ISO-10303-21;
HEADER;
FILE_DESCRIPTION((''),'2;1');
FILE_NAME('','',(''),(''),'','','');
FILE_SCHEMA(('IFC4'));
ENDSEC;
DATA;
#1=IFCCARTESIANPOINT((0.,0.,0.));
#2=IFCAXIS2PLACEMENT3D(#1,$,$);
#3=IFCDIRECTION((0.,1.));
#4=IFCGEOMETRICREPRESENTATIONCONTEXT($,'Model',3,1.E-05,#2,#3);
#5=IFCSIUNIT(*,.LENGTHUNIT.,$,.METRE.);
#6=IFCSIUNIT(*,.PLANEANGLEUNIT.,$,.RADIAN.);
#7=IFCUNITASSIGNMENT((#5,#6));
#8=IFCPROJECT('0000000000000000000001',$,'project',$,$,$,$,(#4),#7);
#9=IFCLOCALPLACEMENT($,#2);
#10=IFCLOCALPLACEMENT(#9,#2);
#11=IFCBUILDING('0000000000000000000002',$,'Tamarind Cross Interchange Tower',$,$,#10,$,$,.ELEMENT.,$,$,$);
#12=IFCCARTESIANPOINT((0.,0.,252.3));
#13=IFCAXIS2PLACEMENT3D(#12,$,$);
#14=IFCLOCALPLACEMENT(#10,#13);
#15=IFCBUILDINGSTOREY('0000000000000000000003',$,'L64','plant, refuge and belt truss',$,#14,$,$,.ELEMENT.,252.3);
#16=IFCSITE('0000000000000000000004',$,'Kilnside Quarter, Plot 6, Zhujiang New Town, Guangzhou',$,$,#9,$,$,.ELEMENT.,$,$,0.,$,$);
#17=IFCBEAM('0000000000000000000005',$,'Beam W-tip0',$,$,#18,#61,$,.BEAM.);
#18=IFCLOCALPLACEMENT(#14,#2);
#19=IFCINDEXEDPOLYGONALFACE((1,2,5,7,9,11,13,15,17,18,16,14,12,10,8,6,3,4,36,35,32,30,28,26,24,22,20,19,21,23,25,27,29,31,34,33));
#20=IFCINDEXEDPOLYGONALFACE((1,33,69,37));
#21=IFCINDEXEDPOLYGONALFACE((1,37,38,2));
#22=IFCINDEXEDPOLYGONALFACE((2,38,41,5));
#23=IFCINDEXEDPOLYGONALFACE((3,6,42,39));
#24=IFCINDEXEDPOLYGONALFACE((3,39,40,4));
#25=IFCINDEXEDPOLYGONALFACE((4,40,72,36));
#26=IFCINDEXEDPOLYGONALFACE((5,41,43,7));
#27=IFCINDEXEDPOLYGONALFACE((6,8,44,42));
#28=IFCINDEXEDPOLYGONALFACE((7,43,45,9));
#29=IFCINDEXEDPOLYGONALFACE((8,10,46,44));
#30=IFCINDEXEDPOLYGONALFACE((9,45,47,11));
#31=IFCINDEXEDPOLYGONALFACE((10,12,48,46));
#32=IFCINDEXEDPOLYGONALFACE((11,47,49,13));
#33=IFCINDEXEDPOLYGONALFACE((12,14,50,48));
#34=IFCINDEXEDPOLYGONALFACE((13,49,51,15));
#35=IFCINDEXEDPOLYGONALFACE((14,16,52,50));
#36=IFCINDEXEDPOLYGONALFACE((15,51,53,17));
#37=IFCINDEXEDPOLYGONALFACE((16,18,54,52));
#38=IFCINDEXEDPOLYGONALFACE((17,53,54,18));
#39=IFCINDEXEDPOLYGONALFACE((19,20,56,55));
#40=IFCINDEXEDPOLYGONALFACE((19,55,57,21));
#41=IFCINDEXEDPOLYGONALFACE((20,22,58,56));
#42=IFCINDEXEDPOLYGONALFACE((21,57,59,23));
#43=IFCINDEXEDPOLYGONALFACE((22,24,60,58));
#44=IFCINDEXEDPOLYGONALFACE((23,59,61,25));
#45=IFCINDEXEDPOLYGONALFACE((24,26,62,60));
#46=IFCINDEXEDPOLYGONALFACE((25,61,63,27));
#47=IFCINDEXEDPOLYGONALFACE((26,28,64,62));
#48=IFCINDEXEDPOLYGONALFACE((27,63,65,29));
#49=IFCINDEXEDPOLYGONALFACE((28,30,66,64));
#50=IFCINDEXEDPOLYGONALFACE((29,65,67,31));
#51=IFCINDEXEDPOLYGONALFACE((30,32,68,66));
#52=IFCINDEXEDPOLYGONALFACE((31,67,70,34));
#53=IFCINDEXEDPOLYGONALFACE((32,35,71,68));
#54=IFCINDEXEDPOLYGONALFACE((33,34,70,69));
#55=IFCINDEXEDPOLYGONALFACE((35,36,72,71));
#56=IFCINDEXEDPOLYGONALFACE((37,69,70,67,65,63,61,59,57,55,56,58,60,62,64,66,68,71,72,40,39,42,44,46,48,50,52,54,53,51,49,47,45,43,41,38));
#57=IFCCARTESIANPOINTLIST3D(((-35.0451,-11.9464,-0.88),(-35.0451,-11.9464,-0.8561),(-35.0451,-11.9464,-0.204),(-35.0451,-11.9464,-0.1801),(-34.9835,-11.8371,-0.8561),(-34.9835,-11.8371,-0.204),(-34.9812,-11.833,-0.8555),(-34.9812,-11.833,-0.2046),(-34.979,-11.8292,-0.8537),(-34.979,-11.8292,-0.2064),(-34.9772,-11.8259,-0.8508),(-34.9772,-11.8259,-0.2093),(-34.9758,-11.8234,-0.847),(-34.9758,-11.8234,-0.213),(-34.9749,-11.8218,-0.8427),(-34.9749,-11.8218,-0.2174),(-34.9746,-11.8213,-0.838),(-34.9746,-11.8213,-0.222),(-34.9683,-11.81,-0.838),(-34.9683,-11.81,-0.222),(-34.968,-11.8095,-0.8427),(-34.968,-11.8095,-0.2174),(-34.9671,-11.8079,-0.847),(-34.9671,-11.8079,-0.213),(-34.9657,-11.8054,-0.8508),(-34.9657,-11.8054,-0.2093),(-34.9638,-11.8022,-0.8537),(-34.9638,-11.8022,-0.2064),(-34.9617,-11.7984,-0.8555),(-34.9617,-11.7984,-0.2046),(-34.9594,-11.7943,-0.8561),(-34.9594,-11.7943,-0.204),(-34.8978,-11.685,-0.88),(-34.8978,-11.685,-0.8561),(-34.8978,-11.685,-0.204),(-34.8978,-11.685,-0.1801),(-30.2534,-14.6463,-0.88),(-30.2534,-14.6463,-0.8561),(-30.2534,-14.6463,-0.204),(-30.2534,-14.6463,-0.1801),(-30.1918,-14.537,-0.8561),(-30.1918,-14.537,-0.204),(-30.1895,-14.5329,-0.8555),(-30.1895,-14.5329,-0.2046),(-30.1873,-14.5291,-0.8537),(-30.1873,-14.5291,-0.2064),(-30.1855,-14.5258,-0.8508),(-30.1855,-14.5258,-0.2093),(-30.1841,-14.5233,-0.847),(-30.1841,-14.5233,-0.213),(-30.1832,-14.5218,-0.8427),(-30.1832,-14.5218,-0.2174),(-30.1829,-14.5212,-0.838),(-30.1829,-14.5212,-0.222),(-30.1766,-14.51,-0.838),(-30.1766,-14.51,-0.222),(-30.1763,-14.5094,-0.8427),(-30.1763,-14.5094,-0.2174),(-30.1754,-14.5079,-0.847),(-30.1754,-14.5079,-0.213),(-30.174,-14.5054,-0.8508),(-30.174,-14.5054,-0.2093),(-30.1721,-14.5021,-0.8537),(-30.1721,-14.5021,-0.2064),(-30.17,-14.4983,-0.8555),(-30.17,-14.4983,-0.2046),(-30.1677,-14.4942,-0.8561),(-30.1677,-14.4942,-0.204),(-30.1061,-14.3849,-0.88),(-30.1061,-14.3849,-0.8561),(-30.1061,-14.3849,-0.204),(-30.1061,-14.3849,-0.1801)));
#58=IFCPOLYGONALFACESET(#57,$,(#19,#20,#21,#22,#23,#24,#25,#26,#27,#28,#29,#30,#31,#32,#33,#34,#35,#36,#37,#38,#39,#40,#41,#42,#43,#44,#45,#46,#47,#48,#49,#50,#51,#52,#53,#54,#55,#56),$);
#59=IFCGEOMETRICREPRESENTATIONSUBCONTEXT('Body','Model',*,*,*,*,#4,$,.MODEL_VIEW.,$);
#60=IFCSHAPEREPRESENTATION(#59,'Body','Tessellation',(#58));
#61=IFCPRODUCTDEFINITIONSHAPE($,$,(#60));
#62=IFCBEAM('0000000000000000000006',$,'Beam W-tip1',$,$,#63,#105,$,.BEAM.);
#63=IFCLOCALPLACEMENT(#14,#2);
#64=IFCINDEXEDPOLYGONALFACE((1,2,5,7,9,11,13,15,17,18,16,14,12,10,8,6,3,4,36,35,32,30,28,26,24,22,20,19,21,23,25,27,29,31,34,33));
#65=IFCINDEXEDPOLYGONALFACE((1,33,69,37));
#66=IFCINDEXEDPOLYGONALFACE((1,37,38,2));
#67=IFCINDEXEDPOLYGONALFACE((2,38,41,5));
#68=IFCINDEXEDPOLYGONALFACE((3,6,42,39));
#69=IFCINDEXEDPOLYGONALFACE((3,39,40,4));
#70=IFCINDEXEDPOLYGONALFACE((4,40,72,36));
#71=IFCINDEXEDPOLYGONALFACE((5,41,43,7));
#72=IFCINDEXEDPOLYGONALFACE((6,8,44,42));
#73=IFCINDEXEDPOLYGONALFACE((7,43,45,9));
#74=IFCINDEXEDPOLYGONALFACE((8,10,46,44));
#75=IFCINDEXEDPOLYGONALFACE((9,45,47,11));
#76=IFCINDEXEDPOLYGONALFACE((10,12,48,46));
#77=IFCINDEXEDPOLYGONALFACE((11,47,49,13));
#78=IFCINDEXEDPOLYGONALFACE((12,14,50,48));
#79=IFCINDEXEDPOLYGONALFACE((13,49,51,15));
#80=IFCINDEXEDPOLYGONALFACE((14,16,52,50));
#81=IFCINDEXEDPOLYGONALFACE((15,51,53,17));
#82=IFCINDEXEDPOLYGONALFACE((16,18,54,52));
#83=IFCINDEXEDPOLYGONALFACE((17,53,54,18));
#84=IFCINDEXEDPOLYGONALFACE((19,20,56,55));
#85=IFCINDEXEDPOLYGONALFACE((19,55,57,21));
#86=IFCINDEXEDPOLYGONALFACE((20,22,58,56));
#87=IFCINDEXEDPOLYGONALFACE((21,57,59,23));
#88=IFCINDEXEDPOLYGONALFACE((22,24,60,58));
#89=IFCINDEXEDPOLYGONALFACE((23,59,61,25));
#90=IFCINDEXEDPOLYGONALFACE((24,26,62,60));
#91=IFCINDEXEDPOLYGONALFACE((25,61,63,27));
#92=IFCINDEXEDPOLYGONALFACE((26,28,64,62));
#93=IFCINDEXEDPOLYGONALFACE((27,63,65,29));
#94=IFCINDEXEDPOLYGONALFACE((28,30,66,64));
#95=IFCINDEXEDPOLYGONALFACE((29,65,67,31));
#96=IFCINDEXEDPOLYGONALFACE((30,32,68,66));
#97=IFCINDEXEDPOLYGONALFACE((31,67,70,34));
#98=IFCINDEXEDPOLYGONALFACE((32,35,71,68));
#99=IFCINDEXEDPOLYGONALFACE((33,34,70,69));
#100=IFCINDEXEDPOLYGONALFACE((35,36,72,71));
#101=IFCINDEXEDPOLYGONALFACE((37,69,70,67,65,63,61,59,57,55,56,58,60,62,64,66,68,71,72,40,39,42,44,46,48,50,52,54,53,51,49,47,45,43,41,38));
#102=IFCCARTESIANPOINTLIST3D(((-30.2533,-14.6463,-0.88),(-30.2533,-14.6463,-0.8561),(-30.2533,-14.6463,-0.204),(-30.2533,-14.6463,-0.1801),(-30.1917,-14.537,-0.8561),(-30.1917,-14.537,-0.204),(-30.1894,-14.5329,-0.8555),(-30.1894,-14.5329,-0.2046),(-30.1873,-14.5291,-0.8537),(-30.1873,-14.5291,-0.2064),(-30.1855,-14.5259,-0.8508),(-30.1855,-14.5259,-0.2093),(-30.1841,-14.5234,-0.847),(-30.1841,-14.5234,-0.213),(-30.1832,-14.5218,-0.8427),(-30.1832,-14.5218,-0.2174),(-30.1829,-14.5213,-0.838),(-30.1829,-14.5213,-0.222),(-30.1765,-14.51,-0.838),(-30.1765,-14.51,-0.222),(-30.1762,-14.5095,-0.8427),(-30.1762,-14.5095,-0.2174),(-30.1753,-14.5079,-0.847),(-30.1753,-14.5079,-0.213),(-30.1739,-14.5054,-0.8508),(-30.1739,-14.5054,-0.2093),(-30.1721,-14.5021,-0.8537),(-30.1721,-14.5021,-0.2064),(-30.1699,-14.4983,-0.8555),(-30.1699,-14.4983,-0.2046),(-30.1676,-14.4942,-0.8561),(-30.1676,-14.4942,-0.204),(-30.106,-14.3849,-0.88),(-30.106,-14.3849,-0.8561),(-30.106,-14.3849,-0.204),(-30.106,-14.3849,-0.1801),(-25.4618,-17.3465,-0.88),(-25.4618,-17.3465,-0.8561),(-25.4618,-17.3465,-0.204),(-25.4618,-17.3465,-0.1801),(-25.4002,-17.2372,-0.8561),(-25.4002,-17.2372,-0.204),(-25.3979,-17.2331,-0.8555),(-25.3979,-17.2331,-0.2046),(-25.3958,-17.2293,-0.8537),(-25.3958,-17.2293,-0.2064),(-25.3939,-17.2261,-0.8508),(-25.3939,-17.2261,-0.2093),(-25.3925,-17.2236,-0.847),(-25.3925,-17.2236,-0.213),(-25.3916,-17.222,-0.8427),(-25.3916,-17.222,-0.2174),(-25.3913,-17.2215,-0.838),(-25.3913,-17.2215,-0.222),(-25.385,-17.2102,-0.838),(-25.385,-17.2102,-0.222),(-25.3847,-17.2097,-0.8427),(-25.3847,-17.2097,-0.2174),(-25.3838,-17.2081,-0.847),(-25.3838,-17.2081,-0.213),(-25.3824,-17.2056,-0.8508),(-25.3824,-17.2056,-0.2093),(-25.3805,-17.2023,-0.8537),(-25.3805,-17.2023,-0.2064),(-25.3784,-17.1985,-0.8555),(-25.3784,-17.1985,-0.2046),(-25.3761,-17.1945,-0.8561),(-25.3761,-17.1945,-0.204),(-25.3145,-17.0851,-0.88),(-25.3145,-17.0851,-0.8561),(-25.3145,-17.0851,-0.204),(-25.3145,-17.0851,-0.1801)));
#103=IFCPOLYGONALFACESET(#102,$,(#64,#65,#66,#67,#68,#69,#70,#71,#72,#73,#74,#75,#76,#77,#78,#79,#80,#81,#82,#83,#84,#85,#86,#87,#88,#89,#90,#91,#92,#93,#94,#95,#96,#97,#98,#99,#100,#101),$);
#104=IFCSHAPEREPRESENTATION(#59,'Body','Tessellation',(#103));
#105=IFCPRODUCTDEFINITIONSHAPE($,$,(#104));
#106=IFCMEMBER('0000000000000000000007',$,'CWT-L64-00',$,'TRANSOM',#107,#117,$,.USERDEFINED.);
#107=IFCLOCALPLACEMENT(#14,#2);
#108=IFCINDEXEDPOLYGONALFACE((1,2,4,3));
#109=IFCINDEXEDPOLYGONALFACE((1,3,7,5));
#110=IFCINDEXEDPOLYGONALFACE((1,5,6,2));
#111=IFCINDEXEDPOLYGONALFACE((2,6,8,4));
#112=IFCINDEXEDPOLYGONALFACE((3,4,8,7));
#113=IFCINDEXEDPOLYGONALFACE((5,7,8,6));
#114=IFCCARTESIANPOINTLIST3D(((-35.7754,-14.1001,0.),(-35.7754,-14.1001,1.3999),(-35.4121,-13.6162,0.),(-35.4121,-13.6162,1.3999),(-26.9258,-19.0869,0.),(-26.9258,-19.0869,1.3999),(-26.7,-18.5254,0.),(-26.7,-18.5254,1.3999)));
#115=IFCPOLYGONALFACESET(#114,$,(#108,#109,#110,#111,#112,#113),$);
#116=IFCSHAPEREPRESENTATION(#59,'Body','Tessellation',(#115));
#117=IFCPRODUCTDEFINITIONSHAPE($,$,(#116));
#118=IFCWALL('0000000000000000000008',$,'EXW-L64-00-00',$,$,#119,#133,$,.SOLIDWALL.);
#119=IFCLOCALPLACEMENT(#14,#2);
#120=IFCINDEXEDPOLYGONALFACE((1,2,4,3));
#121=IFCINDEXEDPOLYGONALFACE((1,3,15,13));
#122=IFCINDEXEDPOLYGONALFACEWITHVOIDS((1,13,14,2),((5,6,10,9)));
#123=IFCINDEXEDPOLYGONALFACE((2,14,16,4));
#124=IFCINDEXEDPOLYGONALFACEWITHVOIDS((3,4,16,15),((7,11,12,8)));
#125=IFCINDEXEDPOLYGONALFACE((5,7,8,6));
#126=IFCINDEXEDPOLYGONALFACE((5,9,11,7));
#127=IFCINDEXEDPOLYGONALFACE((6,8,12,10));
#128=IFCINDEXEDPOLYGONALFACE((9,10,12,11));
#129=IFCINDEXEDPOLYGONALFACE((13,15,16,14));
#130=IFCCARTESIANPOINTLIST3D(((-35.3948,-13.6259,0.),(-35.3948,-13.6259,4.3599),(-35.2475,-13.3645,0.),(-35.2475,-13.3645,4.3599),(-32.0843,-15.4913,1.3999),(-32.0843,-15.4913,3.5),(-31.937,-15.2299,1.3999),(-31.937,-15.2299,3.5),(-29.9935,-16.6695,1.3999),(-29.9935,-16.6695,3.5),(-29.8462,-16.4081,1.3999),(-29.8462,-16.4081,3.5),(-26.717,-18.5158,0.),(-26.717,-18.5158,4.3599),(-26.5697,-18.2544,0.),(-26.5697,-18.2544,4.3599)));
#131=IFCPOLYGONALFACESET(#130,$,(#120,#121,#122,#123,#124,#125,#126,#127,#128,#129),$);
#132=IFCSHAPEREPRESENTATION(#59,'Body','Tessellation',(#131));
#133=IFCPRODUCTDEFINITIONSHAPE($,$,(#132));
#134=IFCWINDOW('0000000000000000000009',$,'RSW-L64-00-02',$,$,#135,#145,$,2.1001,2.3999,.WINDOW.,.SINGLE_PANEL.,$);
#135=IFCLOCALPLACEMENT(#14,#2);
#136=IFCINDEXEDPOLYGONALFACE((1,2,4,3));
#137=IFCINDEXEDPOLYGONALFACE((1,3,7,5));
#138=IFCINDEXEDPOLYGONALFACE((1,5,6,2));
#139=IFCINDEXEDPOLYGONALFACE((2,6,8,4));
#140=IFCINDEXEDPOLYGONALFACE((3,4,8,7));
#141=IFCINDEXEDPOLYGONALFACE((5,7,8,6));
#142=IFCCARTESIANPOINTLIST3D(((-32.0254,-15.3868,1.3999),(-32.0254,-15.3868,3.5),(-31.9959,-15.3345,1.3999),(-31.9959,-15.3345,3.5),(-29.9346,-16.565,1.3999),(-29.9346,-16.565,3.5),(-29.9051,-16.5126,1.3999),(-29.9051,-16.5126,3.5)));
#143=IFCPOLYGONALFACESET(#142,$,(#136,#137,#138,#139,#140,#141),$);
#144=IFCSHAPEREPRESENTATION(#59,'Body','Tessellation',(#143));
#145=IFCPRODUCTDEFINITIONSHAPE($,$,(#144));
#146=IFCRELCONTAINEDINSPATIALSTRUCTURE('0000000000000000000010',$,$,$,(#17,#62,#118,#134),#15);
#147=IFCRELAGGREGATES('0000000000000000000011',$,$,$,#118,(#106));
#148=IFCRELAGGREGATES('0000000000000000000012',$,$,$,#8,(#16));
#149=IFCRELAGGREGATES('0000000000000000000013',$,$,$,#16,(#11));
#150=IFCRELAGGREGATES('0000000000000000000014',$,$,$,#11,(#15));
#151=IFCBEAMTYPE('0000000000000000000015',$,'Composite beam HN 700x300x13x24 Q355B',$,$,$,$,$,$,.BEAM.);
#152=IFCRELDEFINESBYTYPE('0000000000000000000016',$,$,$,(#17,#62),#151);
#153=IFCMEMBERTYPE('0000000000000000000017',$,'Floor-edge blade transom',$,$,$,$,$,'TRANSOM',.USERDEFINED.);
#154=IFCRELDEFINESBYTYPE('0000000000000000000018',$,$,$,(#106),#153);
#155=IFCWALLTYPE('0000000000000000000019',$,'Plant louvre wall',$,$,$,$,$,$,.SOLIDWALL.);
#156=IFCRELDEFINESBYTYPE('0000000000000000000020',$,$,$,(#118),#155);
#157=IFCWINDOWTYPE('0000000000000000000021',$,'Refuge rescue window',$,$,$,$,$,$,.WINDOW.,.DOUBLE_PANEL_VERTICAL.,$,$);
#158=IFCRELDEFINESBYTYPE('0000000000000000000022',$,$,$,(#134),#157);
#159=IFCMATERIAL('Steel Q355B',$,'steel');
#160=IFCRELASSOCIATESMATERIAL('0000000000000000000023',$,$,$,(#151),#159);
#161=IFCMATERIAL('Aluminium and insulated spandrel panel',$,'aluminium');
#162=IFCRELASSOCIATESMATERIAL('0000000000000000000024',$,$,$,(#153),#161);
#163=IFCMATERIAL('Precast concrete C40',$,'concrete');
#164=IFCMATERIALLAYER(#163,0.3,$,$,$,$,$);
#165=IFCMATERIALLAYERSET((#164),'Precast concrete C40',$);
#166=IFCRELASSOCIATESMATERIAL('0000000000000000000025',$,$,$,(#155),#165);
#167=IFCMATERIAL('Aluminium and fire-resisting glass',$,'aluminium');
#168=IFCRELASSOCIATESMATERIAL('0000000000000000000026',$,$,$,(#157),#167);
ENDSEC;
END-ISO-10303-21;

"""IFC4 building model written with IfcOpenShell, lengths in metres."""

from ifc_helpers import new_model, si_unit, direction, frame, frame_2d, origin, origin_2d, place, context, subcontext, project, spatial, polyline, rectangle, i_section, outline, extrude, material, layer, layer_set, material_profile, profile_set, type_object, element, fill, aggregate, save


model = new_model("IFC4")

# Units and contexts
model_context = context("Model", 3, precision=1e-05, world=origin(), true_north=direction((0.0, 1.0)))
body_context = subcontext(model_context, "Body", "Model", "MODEL_VIEW")
ifc_project = project(units=[si_unit("LENGTHUNIT", "METRE"), si_unit("PLANEANGLEUNIT", "RADIAN")], contexts=[model_context])

# Site, building, storey
site_placement = place(None, origin())
site = spatial("IfcSite", under=ifc_project, at=site_placement, Name="Kilnside Quarter, Plot 6, Zhujiang New Town, Guangzhou", CompositionType="ELEMENT", RefElevation=0.0)
building_placement = place(site_placement, origin())
building = spatial("IfcBuilding", under=site, at=building_placement, Name="Tamarind Cross Interchange Tower", CompositionType="ELEMENT")
storey_placement = place(building_placement, frame((0.0, 0.0, 252.3)))
storey = spatial("IfcBuildingStorey", under=building, at=storey_placement, Name="L64", Description="plant, refuge and belt truss", CompositionType="ELEMENT", Elevation=252.3)

# Beams
ifc_material_1 = material(Name="Steel Q355B", Category="steel")
ifc_material_profile_1 = material_profile(ifc_material_1, i_section(OverallWidth=0.3, OverallDepth=0.7, WebThickness=0.0129, FlangeThickness=0.0239, FilletRadius=0.0181, at=origin_2d()), Name="HN 700x300x13x24")
ifc_profile_set_1 = profile_set([ifc_material_profile_1], Name="Steel Q355B")
beam_type_1 = type_object("IfcBeamType", Name="Composite beam HN 700x300x13x24 Q355B", PredefinedType="BEAM", material=ifc_profile_set_1)
for number, where, z_axis, x_axis, name in (
    (1, (-34.9714, -11.8157, -0.53), (0.871218, -0.490895, 0.0), (0.490895, 0.871218, 0.0), "Beam W-tip0"),
    (2, (-30.1797, -14.5156, -0.53), (0.871189, -0.490948, 0.0), (0.490948, 0.871189, 0.0), "Beam W-tip1"),
):
    element("IfcBeam", number, at=place(storey_placement, frame(where, z_axis=z_axis, x_axis=x_axis)), inside=storey, type_object=beam_type_1, Name=name, PredefinedType="BEAM", context=body_context, shape_type="SweptSolid", body=[
        extrude(i_section(OverallWidth=0.3, OverallDepth=0.7, WebThickness=0.0129, FlangeThickness=0.0239, FilletRadius=0.0181, at=origin_2d()), origin(), (0.0, 0.0, 1.0), 5.5),
    ])

# Member
ifc_material_2 = material(Name="Aluminium and insulated spandrel panel", Category="aluminium")
member_type_1 = type_object("IfcMemberType", Name="Floor-edge blade transom", ElementType="TRANSOM", PredefinedType="USERDEFINED", material=ifc_material_2)
member_1_placement = place(storey_placement, origin())
member_1 = element("IfcMember", 3, at=member_1_placement, type_object=member_type_1, Name="CWT-L64-00", ObjectType="TRANSOM", PredefinedType="USERDEFINED", context=body_context, shape_type="SweptSolid", body=[
    extrude(outline(polyline([(-35.4121, -13.6162), (-26.7, -18.5254), (-26.9258, -19.0869), (-35.7754, -14.1001), (-35.4121, -13.6162)])), origin(), (0.0, 0.0, 1.0), 1.3999),
])

# Wall, opening, window
ifc_material_3 = material(Name="Precast concrete C40", Category="concrete")
ifc_layer_1 = layer(ifc_material_3, 0.3)
ifc_layer_set_1 = layer_set([ifc_layer_1], Name="Precast concrete C40")
wall_type_1 = type_object("IfcWallType", Name="Plant louvre wall", PredefinedType="SOLIDWALL", material=ifc_layer_set_1)
wall_1_placement = place(storey_placement, frame((-35.3213, -13.4951, 0.0), z_axis=(0.0, 0.0, 1.0), x_axis=(0.871203, -0.490922, 0.0)))
wall_1 = element("IfcWall", 4, at=wall_1_placement, inside=storey, type_object=wall_type_1, Name="EXW-L64-00-00", PredefinedType="SOLIDWALL", context=body_context, shape_type="SweptSolid", body=[
    extrude(rectangle(XDim=9.9607, YDim=0.3, at=frame_2d((4.9805, 0.0))), origin(), (0.0, 0.0, 1.0), 4.3599),
])
opening_1_placement = place(wall_1_placement, frame((3.8, 0.0, 1.3999)))
opening_1 = element("IfcOpeningElement", 5, at=opening_1_placement, cuts=wall_1, PredefinedType="OPENING", context=body_context, shape_type="SweptSolid", body=[
    extrude(rectangle(XDim=2.3999, YDim=2.1001, at=frame_2d((1.2, 1.05))), frame((0.0, 0.1599, 0.0), z_axis=(0.0, -1.0, 0.0), x_axis=(1.0, 0.0, 0.0)), (0.0, 0.0, 1.0), 0.3201),
])
ifc_material_4 = material(Name="Aluminium and fire-resisting glass", Category="aluminium")
window_type = type_object("IfcWindowType", Name="Refuge rescue window", PartitioningType="DOUBLE_PANEL_VERTICAL", PredefinedType="WINDOW", material=ifc_material_4)
window_placement = place(opening_1_placement, origin())
window = element("IfcWindow", 6, at=window_placement, inside=storey, type_object=window_type, Name="RSW-L64-00-02", OverallHeight=2.1001, OverallWidth=2.3999, PartitioningType="SINGLE_PANEL", PredefinedType="WINDOW", context=body_context, shape_type="SweptSolid", body=[
    extrude(rectangle(XDim=2.3999, YDim=2.1001, at=frame_2d((1.2, 1.05))), frame((0.0, 0.03, 0.0), z_axis=(0.0, -1.0, 0.0), x_axis=(1.0, 0.0, 0.0)), (0.0, 0.0, 1.0), 0.0601),
])
fill(opening_1, window)
aggregate(wall_1, [member_1])

save(model, "model.ifc")
